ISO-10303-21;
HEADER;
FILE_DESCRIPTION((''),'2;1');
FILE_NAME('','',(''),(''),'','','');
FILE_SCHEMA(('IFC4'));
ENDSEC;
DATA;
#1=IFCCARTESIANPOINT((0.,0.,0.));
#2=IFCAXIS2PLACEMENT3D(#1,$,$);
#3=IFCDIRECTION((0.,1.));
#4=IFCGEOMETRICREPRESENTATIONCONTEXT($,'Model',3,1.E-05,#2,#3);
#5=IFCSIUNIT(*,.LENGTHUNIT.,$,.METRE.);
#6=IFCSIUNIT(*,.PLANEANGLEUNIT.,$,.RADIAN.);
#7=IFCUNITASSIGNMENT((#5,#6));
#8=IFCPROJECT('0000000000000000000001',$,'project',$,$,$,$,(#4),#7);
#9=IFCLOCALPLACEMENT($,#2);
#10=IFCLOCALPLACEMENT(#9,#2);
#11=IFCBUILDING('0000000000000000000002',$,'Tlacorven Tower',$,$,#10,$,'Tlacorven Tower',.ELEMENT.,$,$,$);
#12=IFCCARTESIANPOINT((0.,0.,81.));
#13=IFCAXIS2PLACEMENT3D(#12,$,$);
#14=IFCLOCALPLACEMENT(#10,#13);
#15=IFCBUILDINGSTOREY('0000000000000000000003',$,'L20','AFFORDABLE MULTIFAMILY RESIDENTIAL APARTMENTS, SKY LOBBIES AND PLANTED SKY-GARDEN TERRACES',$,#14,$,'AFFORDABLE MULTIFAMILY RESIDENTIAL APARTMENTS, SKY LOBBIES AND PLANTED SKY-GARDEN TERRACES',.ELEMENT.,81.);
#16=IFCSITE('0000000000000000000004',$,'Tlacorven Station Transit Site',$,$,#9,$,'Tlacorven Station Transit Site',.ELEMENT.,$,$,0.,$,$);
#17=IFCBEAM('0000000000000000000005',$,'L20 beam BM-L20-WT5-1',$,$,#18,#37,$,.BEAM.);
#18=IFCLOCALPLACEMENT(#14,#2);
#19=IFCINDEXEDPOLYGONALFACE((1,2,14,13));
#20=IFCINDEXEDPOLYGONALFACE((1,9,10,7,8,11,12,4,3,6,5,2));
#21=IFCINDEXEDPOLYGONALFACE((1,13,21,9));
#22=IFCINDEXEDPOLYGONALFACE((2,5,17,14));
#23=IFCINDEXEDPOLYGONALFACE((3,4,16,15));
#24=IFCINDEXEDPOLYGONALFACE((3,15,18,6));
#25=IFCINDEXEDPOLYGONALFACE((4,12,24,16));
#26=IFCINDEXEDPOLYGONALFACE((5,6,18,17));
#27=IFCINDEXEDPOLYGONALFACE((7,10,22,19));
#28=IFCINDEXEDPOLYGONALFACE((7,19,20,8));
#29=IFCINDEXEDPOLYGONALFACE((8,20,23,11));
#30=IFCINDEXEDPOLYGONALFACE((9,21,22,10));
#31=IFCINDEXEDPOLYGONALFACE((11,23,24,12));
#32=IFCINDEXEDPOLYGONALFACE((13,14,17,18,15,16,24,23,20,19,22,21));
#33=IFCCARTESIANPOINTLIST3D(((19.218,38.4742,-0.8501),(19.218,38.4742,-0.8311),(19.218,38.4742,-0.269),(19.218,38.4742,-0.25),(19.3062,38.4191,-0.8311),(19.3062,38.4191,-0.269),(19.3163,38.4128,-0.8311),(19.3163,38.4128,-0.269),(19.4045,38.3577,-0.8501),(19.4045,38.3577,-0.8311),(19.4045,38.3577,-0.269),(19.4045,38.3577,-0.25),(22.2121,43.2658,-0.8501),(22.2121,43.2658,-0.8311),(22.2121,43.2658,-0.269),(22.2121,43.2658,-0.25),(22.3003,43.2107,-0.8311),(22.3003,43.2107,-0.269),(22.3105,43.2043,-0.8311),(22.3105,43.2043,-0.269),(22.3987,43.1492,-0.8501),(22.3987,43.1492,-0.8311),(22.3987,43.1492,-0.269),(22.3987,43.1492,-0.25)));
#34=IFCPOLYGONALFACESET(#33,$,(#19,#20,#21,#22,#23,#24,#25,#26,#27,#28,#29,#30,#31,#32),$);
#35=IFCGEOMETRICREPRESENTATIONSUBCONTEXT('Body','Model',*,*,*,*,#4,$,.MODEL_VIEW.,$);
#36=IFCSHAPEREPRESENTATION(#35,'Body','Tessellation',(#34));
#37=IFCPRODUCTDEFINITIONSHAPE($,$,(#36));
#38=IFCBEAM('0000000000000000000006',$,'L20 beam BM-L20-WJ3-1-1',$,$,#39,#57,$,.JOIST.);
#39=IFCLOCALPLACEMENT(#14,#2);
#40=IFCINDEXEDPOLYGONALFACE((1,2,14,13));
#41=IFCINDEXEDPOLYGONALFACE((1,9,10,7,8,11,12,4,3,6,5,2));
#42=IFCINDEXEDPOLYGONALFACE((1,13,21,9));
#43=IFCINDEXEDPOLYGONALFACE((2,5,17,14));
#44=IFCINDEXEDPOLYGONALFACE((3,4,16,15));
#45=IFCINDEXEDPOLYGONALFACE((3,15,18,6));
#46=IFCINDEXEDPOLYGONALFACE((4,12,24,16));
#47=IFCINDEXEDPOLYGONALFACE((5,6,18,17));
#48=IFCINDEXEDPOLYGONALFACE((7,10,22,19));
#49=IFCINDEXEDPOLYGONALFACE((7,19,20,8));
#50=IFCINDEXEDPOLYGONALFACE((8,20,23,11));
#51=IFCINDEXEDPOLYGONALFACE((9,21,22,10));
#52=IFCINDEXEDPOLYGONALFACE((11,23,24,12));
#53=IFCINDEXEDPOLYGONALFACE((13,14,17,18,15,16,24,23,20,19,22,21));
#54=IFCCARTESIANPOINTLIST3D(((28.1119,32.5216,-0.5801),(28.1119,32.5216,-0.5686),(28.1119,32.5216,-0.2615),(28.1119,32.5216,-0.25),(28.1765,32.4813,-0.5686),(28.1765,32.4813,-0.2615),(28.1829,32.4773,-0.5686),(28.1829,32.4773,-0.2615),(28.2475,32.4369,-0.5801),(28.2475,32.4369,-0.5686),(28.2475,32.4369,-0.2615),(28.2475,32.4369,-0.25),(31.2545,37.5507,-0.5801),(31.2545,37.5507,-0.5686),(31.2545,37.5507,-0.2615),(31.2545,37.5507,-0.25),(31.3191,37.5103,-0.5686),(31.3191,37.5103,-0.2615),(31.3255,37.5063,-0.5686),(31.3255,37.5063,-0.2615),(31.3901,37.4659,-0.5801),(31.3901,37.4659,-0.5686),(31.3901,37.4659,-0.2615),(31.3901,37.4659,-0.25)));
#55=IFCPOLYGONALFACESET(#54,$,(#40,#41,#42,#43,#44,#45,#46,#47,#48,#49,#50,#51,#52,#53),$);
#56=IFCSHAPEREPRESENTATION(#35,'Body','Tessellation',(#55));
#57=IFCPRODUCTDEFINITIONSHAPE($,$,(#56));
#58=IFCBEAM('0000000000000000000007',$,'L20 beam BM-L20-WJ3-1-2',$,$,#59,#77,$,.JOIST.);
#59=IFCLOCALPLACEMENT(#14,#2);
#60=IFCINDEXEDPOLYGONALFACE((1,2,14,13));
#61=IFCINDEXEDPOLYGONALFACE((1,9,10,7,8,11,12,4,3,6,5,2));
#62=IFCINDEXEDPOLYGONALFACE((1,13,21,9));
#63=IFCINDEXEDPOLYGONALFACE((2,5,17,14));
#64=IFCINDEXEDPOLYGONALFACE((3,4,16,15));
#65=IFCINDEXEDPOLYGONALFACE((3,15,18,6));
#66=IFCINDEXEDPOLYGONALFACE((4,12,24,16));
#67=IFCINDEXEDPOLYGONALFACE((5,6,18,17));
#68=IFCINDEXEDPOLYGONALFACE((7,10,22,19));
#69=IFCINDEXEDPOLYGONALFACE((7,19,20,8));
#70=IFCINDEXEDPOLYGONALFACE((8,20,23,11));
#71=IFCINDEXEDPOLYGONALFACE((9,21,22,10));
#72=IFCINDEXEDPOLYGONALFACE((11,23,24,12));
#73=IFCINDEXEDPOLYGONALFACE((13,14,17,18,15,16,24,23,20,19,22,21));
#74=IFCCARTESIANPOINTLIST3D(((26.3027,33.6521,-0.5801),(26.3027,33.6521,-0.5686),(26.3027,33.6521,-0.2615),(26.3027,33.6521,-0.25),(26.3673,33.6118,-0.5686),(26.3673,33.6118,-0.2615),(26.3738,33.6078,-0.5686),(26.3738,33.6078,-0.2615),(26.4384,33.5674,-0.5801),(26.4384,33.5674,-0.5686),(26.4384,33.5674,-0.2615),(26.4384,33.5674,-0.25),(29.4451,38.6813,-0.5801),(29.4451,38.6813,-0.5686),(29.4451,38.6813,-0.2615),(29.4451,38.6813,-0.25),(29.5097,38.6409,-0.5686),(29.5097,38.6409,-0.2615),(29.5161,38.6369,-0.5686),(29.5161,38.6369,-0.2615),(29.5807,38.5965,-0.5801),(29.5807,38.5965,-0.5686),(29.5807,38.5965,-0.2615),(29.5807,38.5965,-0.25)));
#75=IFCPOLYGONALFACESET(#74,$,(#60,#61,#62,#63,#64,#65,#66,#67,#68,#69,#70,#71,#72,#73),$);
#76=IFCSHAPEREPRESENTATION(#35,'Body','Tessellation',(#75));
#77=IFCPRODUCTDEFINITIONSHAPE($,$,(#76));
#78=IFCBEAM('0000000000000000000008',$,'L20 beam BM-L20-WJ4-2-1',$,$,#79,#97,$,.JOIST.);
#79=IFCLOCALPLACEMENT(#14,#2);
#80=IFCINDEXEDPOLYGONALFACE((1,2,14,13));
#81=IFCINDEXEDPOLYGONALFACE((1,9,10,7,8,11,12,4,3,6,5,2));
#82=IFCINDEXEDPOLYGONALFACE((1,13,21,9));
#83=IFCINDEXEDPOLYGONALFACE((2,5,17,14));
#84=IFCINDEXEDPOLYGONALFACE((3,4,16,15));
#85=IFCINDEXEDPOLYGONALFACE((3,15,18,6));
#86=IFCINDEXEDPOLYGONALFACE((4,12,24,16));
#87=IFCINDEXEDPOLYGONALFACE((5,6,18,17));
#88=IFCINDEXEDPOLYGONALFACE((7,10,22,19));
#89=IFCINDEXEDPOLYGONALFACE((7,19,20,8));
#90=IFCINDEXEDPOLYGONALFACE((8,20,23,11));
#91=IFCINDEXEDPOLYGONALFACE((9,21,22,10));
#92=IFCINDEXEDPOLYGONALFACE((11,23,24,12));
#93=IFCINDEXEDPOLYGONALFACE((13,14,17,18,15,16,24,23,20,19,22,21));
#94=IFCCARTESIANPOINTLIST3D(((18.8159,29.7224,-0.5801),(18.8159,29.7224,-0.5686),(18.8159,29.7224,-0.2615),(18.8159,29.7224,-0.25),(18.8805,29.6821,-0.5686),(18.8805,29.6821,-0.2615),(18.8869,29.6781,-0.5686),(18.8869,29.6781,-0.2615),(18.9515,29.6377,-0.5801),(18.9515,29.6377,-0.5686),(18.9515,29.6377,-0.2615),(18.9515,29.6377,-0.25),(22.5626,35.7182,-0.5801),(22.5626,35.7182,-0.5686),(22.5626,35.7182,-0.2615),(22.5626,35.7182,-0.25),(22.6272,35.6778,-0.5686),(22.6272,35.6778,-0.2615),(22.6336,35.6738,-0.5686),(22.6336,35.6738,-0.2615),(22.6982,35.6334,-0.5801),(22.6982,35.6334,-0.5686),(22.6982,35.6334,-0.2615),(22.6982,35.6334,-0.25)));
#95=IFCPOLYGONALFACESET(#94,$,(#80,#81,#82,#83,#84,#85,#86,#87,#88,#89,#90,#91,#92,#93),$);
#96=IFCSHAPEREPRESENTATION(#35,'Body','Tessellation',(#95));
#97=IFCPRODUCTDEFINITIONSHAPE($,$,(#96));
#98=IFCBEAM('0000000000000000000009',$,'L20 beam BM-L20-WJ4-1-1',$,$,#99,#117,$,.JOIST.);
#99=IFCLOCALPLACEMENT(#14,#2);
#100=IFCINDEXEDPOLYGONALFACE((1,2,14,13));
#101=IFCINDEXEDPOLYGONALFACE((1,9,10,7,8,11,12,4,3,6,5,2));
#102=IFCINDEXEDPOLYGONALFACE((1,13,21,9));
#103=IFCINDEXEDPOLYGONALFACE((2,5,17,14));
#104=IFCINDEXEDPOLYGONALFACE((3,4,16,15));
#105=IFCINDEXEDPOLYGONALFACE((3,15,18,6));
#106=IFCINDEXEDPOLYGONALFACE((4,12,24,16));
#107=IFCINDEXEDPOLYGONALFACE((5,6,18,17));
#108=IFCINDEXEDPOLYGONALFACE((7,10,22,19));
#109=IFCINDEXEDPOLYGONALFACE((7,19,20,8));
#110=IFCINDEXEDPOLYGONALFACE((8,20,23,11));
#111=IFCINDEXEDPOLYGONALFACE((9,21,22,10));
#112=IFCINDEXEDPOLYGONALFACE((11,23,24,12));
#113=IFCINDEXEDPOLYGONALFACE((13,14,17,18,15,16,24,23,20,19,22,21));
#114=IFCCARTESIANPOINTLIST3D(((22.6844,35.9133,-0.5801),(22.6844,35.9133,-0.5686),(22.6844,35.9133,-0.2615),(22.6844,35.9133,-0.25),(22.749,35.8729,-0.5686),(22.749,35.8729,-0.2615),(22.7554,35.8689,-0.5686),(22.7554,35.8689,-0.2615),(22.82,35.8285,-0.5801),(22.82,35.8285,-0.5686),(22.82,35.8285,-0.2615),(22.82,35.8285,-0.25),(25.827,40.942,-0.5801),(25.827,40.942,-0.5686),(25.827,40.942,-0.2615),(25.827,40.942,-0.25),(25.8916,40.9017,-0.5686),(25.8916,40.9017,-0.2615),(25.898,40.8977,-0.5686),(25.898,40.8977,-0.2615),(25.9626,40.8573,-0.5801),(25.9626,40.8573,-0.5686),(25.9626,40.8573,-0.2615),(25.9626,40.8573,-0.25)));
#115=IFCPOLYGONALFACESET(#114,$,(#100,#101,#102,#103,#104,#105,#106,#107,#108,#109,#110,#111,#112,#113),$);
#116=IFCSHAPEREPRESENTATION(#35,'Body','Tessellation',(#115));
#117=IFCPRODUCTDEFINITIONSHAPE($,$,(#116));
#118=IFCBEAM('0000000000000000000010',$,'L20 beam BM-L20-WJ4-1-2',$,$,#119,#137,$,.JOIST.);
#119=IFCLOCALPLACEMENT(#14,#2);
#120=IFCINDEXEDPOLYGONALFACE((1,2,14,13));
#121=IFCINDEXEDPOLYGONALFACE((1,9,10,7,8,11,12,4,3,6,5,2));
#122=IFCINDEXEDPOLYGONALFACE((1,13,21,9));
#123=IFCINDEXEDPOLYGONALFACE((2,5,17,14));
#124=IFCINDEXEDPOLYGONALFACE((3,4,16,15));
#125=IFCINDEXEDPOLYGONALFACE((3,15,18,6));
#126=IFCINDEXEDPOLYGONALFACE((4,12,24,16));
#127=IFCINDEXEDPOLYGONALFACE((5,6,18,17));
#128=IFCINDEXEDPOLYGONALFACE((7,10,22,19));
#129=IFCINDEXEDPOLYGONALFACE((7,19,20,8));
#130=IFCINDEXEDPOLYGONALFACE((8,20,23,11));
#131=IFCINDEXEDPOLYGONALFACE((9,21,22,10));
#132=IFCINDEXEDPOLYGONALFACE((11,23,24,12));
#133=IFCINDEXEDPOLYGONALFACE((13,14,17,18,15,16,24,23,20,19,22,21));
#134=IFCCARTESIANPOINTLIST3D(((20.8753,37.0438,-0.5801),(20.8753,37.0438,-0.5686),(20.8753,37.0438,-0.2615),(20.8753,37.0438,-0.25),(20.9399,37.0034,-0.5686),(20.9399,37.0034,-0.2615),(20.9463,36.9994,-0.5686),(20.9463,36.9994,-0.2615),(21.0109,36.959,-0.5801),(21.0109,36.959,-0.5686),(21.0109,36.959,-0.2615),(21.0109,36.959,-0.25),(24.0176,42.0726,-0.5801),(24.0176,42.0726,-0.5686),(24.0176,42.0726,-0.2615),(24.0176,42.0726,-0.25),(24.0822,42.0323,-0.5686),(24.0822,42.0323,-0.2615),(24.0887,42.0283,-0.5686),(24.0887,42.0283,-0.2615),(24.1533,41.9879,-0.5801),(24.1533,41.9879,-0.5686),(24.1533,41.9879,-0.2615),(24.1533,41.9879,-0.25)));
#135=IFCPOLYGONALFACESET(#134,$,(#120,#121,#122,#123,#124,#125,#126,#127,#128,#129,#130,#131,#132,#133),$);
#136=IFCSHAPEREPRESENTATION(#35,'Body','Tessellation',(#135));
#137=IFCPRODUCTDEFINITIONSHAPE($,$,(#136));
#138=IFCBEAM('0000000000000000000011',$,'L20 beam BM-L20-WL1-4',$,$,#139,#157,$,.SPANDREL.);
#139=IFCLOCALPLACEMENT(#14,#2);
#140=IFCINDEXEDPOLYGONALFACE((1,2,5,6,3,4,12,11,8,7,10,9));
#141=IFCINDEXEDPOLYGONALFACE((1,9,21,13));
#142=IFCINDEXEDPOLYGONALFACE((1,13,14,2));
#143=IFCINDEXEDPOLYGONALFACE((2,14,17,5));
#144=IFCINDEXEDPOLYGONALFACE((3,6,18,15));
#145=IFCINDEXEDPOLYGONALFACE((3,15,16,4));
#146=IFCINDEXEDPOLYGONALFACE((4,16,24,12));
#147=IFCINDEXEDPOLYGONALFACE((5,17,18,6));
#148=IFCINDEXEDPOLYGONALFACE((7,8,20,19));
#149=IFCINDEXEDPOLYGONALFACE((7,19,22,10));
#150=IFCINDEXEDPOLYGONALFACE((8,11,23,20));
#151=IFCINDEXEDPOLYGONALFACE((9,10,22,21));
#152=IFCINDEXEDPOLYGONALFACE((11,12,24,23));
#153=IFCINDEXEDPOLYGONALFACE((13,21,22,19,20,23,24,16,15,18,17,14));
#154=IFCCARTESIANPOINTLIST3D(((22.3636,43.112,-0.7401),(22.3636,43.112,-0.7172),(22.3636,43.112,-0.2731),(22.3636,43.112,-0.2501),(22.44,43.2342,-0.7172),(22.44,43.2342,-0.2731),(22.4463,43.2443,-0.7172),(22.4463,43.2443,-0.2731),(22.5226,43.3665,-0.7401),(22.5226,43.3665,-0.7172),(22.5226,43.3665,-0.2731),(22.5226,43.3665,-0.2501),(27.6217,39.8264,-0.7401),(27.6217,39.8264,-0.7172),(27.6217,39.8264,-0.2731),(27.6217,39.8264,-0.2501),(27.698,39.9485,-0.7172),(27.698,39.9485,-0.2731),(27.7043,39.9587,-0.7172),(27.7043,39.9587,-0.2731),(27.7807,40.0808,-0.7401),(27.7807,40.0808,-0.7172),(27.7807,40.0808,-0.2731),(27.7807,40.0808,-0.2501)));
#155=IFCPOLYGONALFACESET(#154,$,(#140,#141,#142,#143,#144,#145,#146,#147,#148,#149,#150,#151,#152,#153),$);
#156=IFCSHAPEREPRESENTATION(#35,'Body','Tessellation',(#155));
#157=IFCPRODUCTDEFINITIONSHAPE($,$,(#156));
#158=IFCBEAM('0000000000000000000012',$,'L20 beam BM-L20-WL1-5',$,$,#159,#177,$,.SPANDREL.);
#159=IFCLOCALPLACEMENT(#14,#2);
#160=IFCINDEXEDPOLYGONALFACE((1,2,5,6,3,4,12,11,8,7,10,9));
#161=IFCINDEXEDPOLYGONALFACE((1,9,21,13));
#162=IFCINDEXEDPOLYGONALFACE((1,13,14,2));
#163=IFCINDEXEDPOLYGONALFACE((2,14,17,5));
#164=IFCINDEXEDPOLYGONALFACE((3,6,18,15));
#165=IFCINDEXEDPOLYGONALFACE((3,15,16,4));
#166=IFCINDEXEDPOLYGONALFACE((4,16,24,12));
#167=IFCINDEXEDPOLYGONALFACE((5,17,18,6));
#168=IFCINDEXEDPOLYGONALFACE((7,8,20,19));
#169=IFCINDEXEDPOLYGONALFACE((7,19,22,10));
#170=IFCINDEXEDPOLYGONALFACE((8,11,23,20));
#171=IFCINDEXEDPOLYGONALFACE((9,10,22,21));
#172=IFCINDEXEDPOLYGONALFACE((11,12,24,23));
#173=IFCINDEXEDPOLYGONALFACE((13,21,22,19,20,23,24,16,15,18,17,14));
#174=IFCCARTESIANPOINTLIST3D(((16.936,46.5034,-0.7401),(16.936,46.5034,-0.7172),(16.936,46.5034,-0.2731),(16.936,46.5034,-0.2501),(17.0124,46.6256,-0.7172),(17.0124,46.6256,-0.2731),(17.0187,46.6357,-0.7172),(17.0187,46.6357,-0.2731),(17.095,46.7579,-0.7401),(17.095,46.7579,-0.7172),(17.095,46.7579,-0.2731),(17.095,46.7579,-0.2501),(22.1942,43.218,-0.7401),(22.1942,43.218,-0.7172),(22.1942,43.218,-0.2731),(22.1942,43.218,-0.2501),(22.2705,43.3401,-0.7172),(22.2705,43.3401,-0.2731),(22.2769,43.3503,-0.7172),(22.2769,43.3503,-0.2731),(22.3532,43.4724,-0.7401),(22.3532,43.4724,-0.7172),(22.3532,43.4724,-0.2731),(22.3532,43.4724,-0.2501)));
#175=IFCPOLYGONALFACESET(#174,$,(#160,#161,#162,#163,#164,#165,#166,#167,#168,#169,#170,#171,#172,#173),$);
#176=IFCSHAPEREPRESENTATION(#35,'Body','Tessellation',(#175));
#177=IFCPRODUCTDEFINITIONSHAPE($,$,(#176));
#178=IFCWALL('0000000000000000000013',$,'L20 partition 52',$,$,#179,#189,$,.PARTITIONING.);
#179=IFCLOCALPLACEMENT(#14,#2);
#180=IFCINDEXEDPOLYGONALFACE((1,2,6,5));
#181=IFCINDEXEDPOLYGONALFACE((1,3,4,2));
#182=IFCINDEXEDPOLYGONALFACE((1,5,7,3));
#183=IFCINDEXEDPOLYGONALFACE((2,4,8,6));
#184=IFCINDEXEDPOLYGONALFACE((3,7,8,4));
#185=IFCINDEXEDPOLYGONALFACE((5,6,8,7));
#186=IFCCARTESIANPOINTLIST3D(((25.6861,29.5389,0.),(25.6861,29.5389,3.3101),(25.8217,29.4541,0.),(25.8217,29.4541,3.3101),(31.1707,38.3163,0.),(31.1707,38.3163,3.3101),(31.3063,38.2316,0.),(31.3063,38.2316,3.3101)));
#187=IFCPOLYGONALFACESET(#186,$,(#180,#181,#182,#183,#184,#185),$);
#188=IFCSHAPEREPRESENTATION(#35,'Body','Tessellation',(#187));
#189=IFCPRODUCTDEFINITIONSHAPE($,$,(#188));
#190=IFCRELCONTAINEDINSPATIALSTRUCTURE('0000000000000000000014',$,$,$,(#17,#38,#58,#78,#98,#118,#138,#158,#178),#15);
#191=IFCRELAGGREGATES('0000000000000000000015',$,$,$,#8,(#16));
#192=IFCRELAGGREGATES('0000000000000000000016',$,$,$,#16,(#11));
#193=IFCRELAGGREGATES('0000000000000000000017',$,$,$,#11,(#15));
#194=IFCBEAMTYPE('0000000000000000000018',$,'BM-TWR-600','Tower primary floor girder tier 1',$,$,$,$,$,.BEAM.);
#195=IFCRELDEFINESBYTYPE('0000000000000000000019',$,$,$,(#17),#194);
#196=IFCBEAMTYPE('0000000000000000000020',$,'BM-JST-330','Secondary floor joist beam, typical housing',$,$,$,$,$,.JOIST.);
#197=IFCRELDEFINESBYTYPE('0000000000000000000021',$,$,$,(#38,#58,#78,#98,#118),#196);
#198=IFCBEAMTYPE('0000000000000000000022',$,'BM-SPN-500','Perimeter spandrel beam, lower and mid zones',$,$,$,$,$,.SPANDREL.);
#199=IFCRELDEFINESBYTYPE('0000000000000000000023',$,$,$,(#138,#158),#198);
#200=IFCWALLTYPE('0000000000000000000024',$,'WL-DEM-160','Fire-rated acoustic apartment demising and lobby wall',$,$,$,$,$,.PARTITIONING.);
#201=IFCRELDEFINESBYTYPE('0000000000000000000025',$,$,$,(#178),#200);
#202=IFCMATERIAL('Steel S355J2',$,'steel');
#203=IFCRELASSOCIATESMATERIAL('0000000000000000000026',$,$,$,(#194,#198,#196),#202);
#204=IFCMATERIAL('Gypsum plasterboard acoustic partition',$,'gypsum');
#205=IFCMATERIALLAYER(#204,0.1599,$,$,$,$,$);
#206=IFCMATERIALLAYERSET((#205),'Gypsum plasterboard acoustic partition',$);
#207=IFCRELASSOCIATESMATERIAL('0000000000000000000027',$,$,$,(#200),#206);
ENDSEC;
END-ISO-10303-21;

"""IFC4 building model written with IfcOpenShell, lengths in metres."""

from ifc_helpers import new_model, si_unit, direction, frame, frame_2d, origin, origin_2d, place, context, subcontext, project, spatial, rectangle, i_section, extrude, source, transform, mapped, material, layer, layer_set, material_profile, profile_set, type_object, element, save


model = new_model("IFC4")

# Units and contexts
model_context = context("Model", 3, precision=1e-05, world=origin(), true_north=direction((0.0, 1.0)))
body_context = subcontext(model_context, "Body", "Model", "MODEL_VIEW")
ifc_project = project(units=[si_unit("LENGTHUNIT", "METRE"), si_unit("PLANEANGLEUNIT", "RADIAN")], contexts=[model_context])

# Site, building, storey
site_placement = place(None, origin())
site = spatial("IfcSite", under=ifc_project, at=site_placement, Name="Tlacorven Station Transit Site", LongName="Tlacorven Station Transit Site", CompositionType="ELEMENT", RefElevation=0.0)
building_placement = place(site_placement, origin())
building = spatial("IfcBuilding", under=site, at=building_placement, Name="Tlacorven Tower", LongName="Tlacorven Tower", CompositionType="ELEMENT")
storey_placement = place(building_placement, frame((0.0, 0.0, 81.0)))
storey = spatial("IfcBuildingStorey", under=building, at=storey_placement, Name="L20", Description="AFFORDABLE MULTIFAMILY RESIDENTIAL APARTMENTS, SKY LOBBIES AND PLANTED SKY-GARDEN TERRACES", LongName="AFFORDABLE MULTIFAMILY RESIDENTIAL APARTMENTS, SKY LOBBIES AND PLANTED SKY-GARDEN TERRACES", CompositionType="ELEMENT", Elevation=81.0)

# Beams
ifc_material_1 = material(Name="Steel S355J2", Category="steel")
ifc_material_profile_1 = material_profile(ifc_material_1, i_section(OverallWidth=0.22, OverallDepth=0.6001, WebThickness=0.012, FlangeThickness=0.019, at=origin_2d()), Name="IPE 600")
ifc_profile_set_1 = profile_set([ifc_material_profile_1], Name="Steel S355J2")
beam_type_1 = type_object("IfcBeamType", Name="BM-TWR-600", Description="Tower primary floor girder tier 1", PredefinedType="BEAM", material=ifc_profile_set_1)
ifc_material_profile_2 = material_profile(ifc_material_1, i_section(OverallWidth=0.3, OverallDepth=0.49, WebThickness=0.012, FlangeThickness=0.0229, at=origin_2d()), Name="HEA 500")
ifc_profile_set_2 = profile_set([ifc_material_profile_2], Name="Steel S355J2")
beam_type_2 = type_object("IfcBeamType", Name="BM-SPN-500", Description="Perimeter spandrel beam, lower and mid zones", PredefinedType="SPANDREL", material=ifc_profile_set_2)
shared_shape_1 = source(origin(), body_context, "Body", "SweptSolid", [
    extrude(i_section(OverallWidth=0.22, OverallDepth=0.6001, WebThickness=0.012, FlangeThickness=0.019, at=origin_2d()), origin(), (0.0, 0.0, 1.0), 5.6501),
])
beam_1_placement = place(storey_placement, frame((22.3054, 43.2075, -0.55), z_axis=(-0.529929, -0.848042, 0.0), x_axis=(0.848042, -0.529929, 0.0)))
element("IfcBeam", 1, at=beam_1_placement, inside=storey, type_object=beam_type_1, Name="L20 beam BM-L20-WT5-1", PredefinedType="BEAM", context=body_context, shape_type="MappedRepresentation", body=[
    mapped(shared_shape_1, transform((0.0, 0.0, 0.0), scale=1.0)),
])
ifc_material_profile_3 = material_profile(ifc_material_1, i_section(OverallWidth=0.1599, OverallDepth=0.3301, WebThickness=0.0076, FlangeThickness=0.0115, at=origin_2d()), Name="IPE 330")
ifc_profile_set_3 = profile_set([ifc_material_profile_3], Name="Steel S355J2")
beam_type_3 = type_object("IfcBeamType", Name="BM-JST-330", Description="Secondary floor joist beam, typical housing", PredefinedType="JOIST", material=ifc_profile_set_3)
shared_shape_2 = source(origin(), body_context, "Body", "SweptSolid", [
    extrude(i_section(OverallWidth=0.1599, OverallDepth=0.3301, WebThickness=0.0076, FlangeThickness=0.0115, at=origin_2d()), origin(), (0.0, 0.0, 1.0), 5.9302),
])
for number, where, z_axis, x_axis, name in (
    (2, (31.3223, 37.5083, -0.415), (-0.529929, -0.848042, 0.0), (0.848042, -0.529929, 0.0), "L20 beam BM-L20-WJ3-1-1"),
    (3, (29.5129, 38.6389, -0.415), (-0.529899, -0.848061, 0.0), (0.848061, -0.529899, 0.0), "L20 beam BM-L20-WJ3-1-2"),
):
    element("IfcBeam", number, at=place(storey_placement, frame(where, z_axis=z_axis, x_axis=x_axis)), inside=storey, type_object=beam_type_3, Name=name, PredefinedType="JOIST", context=body_context, shape_type="MappedRepresentation", body=[
        mapped(shared_shape_2, transform((0.0, 0.0, 0.0), scale=1.0)),
    ])
shared_shape_3 = source(origin(), body_context, "Body", "SweptSolid", [
    extrude(i_section(OverallWidth=0.1599, OverallDepth=0.3301, WebThickness=0.0076, FlangeThickness=0.0115, at=origin_2d()), origin(), (0.0, 0.0, 1.0), 7.0701),
])
beam_2_placement = place(storey_placement, frame((22.6304, 35.6758, -0.415), z_axis=(-0.529931, -0.848041, 0.0), x_axis=(0.848041, -0.529931, 0.0)))
element("IfcBeam", 4, at=beam_2_placement, inside=storey, type_object=beam_type_3, Name="L20 beam BM-L20-WJ4-2-1", PredefinedType="JOIST", context=body_context, shape_type="MappedRepresentation", body=[
    mapped(shared_shape_3, transform((0.0, 0.0, 0.0), scale=1.0)),
])
shared_shape_4 = source(origin(), body_context, "Body", "SweptSolid", [
    extrude(i_section(OverallWidth=0.1599, OverallDepth=0.3301, WebThickness=0.0076, FlangeThickness=0.0115, at=origin_2d()), origin(), (0.0, 0.0, 1.0), 5.9299),
])
for number, where, z_axis, x_axis, name in (
    (5, (25.8948, 40.8997, -0.415), (-0.529947, -0.848031, 0.0), (0.848031, -0.529947, 0.0), "L20 beam BM-L20-WJ4-1-1"),
    (6, (24.0854, 42.0303, -0.415), (-0.529918, -0.848049, 0.0), (0.848049, -0.529918, 0.0), "L20 beam BM-L20-WJ4-1-2"),
):
    element("IfcBeam", number, at=place(storey_placement, frame(where, z_axis=z_axis, x_axis=x_axis)), inside=storey, type_object=beam_type_3, Name=name, PredefinedType="JOIST", context=body_context, shape_type="MappedRepresentation", body=[
        mapped(shared_shape_4, transform((0.0, 0.0, 0.0), scale=1.0)),
    ])
shared_shape_5 = source(origin(), body_context, "Body", "SweptSolid", [
    extrude(i_section(OverallWidth=0.3, OverallDepth=0.49, WebThickness=0.012, FlangeThickness=0.0229, at=origin_2d()), origin(), (0.0, 0.0, 1.0), 6.2002),
])
for number, where, z_axis, x_axis, name in (
    (7, (27.7012, 39.9536, -0.4951), (-0.848045, 0.529925, 0.0), (-0.529925, -0.848045, 0.0), "L20 beam BM-L20-WL1-4"),
    (8, (22.2737, 43.3452, -0.4951), (-0.848062, 0.529896, 0.0), (-0.529896, -0.848062, 0.0), "L20 beam BM-L20-WL1-5"),
):
    element("IfcBeam", number, at=place(storey_placement, frame(where, z_axis=z_axis, x_axis=x_axis)), inside=storey, type_object=beam_type_2, Name=name, PredefinedType="SPANDREL", context=body_context, shape_type="MappedRepresentation", body=[
        mapped(shared_shape_5, transform((0.0, 0.0, 0.0), scale=1.0)),
    ])

# Wall
ifc_material_2 = material(Name="Gypsum plasterboard acoustic partition", Category="gypsum")
ifc_layer_1 = layer(ifc_material_2, 0.1599)
ifc_layer_set_1 = layer_set([ifc_layer_1], Name="Gypsum plasterboard acoustic partition")
wall_type_1 = type_object("IfcWallType", Name="WL-DEM-160", Description="Fire-rated acoustic apartment demising and lobby wall", PredefinedType="PARTITIONING", material=ifc_layer_set_1)
wall_1_placement = place(storey_placement, frame((31.2385, 38.2739, 0.0), z_axis=(0.0, 0.0, 1.0), x_axis=(-0.529914, -0.848051, 0.0)))
element("IfcWall", 9, at=wall_1_placement, inside=storey, type_object=wall_type_1, Name="L20 partition 52", PredefinedType="PARTITIONING", context=body_context, shape_type="SweptSolid", body=[
    extrude(rectangle(XDim=10.3501, YDim=0.1599, at=frame_2d((5.175, 0.0))), origin(), (0.0, 0.0, 1.0), 3.3101),
])

save(model, "model.ifc")
